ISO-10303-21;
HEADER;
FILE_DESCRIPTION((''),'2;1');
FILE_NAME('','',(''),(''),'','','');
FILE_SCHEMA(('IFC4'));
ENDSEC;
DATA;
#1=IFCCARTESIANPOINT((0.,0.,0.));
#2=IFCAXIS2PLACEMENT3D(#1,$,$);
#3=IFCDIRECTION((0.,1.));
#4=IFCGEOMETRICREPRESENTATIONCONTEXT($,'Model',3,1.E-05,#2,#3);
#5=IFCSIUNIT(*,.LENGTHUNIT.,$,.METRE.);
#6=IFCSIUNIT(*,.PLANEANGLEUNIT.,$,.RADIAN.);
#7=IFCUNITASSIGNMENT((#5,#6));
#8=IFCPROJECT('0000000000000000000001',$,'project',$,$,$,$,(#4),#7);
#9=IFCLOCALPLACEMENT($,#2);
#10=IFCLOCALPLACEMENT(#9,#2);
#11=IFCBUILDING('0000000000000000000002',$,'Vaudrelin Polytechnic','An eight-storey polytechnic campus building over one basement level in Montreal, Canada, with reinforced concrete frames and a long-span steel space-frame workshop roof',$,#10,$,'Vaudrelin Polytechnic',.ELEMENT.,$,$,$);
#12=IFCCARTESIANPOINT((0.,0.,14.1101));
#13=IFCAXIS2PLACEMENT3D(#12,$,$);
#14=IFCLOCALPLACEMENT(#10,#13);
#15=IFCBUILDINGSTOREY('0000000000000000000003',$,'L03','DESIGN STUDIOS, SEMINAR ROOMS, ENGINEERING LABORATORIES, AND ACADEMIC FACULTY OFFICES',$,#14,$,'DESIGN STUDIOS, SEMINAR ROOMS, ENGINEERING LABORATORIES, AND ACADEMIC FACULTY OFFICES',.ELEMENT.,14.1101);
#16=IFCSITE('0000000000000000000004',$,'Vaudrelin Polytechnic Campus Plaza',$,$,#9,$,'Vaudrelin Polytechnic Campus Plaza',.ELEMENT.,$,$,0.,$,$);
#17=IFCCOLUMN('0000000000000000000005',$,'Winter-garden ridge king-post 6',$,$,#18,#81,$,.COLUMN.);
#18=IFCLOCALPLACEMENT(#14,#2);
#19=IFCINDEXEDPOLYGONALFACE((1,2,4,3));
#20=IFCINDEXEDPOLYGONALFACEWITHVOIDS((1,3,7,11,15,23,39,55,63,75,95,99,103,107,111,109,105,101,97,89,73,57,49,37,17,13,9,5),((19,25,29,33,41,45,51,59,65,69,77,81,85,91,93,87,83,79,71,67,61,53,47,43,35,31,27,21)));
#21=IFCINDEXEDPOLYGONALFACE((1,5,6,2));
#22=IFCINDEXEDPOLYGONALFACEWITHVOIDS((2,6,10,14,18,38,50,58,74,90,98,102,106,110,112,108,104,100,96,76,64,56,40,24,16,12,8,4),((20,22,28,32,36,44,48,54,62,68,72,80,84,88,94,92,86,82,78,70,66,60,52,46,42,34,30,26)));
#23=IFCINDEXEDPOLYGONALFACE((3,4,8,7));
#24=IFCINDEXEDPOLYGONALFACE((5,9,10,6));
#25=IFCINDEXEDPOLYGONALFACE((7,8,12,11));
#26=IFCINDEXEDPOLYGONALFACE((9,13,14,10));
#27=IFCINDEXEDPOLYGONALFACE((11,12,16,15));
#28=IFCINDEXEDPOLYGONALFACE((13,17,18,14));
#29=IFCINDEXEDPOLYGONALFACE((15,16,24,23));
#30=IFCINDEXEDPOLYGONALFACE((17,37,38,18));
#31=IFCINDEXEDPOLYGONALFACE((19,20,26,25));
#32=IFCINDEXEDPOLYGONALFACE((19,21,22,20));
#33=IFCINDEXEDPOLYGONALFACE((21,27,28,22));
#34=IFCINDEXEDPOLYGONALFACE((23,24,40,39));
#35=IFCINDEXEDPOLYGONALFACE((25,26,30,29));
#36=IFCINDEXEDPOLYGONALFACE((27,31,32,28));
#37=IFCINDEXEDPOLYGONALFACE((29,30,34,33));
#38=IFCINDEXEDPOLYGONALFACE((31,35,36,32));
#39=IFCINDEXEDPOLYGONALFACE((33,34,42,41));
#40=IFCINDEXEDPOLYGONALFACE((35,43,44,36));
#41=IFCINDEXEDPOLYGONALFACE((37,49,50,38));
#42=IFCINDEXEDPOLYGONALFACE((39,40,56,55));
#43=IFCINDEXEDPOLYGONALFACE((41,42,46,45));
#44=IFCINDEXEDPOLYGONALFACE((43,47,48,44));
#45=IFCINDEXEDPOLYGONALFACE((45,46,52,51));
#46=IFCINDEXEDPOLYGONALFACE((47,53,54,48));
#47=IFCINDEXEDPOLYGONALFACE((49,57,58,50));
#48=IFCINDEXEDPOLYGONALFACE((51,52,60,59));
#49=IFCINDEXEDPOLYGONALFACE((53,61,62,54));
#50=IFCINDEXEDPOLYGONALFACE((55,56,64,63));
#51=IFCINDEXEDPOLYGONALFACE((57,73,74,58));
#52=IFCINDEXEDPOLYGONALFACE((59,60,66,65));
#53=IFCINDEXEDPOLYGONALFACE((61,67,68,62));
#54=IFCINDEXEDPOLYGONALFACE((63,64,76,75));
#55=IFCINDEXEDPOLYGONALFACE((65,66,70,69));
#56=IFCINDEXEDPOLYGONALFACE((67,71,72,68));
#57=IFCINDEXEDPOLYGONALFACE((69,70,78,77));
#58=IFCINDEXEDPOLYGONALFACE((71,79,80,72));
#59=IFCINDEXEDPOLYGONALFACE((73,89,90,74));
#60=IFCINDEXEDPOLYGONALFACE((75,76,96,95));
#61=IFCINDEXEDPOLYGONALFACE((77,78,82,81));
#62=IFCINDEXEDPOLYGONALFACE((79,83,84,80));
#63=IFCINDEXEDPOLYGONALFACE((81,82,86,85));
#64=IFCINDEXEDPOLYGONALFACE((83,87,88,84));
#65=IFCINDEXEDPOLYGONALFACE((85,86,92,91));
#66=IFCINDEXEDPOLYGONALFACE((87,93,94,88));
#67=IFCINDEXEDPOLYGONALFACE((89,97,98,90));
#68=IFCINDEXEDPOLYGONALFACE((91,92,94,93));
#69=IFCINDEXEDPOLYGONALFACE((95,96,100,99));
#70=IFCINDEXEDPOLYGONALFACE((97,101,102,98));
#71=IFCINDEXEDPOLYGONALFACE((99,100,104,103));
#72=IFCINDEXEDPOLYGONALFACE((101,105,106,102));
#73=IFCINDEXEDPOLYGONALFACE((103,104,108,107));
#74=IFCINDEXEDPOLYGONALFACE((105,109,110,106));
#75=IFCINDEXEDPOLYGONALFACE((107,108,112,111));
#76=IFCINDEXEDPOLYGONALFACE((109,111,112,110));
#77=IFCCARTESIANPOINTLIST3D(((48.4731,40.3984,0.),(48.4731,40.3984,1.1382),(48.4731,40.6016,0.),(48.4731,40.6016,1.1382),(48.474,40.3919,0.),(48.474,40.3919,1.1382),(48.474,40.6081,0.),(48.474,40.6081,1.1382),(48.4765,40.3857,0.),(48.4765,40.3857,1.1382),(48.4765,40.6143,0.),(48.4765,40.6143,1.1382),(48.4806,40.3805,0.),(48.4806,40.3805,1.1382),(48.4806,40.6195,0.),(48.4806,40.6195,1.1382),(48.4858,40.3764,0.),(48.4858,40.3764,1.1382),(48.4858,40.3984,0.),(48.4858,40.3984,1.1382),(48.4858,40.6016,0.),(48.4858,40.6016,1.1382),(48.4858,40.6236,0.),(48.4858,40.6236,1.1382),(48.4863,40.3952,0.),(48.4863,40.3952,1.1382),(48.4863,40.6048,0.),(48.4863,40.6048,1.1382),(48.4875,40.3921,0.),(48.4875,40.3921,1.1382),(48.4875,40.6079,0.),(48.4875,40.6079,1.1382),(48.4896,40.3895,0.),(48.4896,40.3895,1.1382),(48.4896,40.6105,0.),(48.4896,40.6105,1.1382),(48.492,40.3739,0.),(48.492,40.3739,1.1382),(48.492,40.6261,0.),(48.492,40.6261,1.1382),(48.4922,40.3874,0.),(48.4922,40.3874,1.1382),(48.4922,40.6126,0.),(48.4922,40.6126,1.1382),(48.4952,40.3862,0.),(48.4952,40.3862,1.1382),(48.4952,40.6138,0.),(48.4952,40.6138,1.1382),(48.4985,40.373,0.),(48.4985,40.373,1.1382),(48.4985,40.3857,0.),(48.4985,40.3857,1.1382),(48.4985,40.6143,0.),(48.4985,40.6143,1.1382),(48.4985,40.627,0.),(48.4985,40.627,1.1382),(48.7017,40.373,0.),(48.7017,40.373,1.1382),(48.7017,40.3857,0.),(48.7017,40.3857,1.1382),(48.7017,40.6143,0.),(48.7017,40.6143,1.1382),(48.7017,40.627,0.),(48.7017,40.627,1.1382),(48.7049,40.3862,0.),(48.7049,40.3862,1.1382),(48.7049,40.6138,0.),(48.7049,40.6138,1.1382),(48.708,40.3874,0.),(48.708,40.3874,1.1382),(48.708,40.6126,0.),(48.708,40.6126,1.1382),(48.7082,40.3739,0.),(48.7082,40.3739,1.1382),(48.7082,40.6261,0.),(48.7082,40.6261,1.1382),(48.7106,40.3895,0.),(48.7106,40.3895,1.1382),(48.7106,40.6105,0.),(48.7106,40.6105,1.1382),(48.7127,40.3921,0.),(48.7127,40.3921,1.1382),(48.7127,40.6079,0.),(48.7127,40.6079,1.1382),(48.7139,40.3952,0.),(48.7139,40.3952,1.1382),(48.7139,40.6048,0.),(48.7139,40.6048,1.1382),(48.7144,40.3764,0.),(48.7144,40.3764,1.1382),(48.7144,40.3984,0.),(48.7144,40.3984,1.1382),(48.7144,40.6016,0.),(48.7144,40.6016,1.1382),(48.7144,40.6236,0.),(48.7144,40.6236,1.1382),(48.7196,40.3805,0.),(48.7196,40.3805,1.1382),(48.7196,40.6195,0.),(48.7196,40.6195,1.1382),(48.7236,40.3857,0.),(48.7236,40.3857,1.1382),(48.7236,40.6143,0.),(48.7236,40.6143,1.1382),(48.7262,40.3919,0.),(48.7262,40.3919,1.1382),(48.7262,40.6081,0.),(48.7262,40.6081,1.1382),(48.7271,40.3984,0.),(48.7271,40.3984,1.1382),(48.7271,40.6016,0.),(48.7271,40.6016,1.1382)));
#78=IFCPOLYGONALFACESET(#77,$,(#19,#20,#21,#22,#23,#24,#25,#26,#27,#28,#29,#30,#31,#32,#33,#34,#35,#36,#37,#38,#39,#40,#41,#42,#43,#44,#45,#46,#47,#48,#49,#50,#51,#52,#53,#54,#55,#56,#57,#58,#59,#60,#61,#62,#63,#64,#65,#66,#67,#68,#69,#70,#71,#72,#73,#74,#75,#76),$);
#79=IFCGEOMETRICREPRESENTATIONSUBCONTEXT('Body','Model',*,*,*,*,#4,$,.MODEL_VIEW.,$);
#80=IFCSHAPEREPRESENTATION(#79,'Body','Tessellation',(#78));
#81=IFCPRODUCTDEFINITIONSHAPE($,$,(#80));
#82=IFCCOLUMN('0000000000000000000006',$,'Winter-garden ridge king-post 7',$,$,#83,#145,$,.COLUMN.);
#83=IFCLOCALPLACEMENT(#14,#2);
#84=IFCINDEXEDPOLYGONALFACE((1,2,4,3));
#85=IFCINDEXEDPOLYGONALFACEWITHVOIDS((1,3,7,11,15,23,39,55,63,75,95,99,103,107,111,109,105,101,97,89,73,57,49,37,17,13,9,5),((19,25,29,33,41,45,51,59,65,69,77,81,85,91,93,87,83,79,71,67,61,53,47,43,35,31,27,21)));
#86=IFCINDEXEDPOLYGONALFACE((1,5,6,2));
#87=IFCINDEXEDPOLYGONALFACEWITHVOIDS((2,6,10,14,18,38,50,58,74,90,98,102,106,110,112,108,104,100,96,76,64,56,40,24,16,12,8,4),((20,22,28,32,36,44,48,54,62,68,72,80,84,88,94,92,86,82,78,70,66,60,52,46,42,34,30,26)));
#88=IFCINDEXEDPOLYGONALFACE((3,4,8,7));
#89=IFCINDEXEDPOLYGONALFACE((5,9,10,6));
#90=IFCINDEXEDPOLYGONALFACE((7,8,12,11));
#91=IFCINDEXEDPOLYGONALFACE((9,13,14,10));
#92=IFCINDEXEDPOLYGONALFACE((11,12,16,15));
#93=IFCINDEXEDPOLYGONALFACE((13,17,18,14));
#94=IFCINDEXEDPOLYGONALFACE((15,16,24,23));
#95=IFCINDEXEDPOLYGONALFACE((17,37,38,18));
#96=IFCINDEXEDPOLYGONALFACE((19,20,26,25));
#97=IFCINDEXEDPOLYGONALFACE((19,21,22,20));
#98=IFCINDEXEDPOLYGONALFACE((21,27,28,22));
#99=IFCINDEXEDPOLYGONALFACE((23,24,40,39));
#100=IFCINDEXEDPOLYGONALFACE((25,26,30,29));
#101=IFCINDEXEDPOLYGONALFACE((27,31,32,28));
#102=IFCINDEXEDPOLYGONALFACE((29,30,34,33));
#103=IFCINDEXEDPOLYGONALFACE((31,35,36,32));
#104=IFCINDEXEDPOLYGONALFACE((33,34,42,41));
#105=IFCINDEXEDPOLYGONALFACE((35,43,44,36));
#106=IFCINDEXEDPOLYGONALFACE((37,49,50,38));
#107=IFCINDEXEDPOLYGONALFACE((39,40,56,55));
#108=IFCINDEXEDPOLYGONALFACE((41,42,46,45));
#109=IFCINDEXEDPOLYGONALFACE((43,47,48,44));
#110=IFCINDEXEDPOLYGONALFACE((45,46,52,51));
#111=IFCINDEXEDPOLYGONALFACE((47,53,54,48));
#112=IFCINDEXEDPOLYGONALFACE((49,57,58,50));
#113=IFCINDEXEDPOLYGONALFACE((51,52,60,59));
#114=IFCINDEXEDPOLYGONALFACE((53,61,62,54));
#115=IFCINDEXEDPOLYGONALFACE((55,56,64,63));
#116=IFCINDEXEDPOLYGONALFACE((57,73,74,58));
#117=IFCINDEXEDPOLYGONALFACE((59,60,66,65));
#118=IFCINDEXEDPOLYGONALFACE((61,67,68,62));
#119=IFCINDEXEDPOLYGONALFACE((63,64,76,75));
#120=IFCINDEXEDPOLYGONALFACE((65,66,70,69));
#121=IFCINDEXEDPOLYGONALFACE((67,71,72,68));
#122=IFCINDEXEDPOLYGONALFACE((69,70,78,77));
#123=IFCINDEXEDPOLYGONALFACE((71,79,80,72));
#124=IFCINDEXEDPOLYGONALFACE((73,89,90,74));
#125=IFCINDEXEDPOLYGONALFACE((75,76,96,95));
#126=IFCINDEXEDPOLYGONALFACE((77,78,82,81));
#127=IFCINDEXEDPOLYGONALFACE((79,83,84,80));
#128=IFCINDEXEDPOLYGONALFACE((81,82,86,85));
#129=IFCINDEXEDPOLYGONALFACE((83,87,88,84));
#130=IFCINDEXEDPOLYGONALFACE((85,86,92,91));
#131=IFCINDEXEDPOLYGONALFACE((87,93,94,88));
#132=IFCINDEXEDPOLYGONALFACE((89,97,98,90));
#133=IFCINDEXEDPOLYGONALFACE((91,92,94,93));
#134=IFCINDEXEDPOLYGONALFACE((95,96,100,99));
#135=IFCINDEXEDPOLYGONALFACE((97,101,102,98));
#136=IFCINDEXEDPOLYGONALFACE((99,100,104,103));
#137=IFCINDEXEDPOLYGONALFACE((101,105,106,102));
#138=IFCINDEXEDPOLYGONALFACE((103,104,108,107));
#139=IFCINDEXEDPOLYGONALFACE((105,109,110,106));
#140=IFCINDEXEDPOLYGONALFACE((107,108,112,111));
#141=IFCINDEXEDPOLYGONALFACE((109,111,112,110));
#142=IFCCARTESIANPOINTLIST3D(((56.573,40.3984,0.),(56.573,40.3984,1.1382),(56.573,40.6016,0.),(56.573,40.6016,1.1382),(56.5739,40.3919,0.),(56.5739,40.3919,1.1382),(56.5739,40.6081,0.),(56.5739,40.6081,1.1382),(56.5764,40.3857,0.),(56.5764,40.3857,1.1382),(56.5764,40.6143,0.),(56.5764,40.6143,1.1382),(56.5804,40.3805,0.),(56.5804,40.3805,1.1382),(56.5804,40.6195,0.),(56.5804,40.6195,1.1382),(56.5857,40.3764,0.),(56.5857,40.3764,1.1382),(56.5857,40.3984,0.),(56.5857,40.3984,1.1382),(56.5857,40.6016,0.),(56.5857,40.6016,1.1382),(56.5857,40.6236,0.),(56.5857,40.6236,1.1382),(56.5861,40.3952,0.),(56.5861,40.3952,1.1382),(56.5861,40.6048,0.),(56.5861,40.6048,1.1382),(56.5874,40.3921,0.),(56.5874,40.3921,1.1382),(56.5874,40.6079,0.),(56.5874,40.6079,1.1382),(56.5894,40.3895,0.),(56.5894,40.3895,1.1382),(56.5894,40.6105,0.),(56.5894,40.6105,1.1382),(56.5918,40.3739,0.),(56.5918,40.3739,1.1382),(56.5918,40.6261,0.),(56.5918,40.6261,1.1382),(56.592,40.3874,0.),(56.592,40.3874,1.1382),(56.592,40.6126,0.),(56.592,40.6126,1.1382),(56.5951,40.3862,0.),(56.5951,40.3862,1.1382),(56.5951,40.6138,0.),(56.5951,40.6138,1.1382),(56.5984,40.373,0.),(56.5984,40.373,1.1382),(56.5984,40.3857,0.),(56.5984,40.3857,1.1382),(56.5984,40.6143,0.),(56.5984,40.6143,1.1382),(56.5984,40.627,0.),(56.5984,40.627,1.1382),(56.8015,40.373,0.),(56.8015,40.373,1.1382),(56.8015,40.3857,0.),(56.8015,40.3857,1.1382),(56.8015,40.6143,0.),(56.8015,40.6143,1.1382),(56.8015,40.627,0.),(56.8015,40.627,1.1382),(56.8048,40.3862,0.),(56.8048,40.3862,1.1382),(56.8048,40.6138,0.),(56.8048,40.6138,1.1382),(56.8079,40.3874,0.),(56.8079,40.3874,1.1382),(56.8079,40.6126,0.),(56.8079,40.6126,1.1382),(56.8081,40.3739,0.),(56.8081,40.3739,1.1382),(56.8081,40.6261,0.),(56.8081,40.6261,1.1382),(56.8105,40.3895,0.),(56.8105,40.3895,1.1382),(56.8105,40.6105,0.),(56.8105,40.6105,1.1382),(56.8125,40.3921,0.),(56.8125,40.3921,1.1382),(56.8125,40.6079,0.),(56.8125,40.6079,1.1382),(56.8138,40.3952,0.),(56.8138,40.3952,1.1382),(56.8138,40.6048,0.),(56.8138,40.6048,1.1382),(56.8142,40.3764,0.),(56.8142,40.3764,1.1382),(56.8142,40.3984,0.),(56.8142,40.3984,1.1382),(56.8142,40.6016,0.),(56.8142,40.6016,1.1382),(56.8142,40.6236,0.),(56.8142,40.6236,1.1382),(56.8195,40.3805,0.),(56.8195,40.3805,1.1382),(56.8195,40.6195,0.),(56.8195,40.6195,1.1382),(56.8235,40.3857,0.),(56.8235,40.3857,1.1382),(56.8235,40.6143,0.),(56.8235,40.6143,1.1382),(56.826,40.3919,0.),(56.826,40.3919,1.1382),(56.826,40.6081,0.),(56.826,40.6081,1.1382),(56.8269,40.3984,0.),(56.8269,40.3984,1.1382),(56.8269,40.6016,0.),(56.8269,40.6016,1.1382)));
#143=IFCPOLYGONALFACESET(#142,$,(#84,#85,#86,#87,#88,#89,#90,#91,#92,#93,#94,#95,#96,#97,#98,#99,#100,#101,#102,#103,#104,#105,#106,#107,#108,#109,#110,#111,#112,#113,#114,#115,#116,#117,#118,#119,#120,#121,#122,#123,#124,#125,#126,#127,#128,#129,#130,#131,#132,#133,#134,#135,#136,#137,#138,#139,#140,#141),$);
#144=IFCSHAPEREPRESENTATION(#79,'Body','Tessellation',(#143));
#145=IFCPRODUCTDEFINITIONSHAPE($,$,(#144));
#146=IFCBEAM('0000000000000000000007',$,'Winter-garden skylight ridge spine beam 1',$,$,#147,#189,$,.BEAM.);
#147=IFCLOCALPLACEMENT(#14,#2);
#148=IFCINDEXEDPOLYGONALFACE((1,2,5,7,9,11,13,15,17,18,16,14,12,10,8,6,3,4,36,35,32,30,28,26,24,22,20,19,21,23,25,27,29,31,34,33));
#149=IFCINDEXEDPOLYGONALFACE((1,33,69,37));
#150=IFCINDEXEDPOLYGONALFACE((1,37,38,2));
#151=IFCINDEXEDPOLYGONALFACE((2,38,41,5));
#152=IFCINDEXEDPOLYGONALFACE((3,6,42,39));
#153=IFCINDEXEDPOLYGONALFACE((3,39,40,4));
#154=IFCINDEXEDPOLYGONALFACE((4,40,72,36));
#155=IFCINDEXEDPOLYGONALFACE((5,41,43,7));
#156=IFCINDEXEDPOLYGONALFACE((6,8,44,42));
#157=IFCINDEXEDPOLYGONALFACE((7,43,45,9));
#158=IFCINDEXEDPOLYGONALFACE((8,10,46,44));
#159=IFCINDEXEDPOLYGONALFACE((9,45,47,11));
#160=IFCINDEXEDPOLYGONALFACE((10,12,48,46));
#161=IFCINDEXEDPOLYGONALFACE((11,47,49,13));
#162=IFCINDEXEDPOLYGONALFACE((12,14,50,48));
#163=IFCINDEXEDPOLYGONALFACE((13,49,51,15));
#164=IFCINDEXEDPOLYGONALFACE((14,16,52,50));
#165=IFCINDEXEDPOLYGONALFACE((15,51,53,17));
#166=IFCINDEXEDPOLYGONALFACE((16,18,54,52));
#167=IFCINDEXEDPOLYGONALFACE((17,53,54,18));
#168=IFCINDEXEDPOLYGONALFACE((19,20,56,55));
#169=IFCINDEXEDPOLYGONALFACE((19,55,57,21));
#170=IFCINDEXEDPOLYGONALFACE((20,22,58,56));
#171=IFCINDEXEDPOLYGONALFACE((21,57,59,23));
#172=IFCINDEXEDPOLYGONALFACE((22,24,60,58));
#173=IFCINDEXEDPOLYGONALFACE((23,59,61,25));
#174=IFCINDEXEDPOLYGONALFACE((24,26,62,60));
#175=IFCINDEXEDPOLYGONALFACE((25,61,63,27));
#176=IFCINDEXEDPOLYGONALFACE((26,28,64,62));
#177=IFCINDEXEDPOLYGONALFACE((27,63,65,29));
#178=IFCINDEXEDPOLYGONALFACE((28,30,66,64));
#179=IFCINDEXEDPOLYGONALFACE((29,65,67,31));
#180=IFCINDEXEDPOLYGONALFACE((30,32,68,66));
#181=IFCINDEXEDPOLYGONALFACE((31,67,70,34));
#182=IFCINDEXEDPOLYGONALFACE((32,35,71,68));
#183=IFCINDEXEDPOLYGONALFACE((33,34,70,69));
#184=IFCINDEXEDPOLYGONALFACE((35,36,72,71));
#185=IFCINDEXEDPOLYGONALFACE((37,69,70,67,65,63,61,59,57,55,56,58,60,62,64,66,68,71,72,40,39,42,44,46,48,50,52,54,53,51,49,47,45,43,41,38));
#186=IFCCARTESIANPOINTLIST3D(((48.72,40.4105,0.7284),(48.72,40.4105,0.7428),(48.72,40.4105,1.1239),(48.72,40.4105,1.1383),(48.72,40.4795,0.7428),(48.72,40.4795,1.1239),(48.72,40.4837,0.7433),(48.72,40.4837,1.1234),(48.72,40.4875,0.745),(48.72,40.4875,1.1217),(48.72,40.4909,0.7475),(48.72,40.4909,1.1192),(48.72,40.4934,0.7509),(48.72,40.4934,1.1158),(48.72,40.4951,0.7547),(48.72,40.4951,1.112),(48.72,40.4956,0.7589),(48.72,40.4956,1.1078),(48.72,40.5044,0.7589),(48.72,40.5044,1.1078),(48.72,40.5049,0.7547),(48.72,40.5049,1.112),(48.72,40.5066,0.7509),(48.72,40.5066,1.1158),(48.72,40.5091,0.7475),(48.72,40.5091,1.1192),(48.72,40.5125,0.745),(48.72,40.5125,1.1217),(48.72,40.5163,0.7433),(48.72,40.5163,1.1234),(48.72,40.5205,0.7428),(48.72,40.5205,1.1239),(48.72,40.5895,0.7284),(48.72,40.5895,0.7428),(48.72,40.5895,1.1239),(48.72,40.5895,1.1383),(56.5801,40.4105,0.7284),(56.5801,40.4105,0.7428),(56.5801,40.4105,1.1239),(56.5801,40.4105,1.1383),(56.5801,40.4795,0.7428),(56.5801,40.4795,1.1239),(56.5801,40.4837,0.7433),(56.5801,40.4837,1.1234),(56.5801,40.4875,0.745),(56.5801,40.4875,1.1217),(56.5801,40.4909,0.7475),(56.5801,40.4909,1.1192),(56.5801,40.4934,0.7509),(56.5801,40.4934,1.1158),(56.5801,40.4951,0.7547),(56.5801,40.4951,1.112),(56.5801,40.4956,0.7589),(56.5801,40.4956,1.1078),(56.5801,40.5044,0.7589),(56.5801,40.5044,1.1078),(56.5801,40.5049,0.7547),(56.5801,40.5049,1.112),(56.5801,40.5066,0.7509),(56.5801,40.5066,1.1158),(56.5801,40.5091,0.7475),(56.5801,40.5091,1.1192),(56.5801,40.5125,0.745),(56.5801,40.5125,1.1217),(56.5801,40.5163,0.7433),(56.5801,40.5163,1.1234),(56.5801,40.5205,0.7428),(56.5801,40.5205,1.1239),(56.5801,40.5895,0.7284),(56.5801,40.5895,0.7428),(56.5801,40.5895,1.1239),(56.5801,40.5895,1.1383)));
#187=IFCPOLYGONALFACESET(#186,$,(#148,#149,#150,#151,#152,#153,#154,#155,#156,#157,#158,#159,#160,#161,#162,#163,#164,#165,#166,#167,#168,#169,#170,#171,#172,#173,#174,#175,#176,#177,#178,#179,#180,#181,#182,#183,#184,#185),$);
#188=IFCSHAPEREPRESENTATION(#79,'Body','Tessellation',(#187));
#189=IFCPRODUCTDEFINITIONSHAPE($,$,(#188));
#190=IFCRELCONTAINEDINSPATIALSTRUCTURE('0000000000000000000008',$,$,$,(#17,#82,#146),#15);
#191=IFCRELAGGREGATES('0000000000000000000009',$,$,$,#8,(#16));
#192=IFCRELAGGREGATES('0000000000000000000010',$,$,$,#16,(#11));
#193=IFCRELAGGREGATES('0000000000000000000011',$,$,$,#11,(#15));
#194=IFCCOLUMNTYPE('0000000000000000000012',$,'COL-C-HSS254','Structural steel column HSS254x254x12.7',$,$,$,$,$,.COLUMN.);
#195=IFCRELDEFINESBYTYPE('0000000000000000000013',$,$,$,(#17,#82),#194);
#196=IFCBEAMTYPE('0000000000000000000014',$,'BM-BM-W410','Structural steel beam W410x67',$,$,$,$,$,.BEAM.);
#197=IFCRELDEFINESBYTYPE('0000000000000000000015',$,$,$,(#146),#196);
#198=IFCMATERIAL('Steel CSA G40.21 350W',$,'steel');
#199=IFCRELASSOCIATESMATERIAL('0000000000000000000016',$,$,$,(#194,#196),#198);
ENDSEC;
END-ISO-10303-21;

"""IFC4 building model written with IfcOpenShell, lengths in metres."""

from ifc_helpers import new_model, si_unit, direction, frame, origin, origin_2d, place, context, subcontext, project, spatial, hollow_rectangle, i_section, extrude, material, material_profile, profile_set, type_object, element, save


model = new_model("IFC4")

# Units and contexts
model_context = context("Model", 3, precision=1e-05, world=origin(), true_north=direction((0.0, 1.0)))
body_context = subcontext(model_context, "Body", "Model", "MODEL_VIEW")
ifc_project = project(units=[si_unit("LENGTHUNIT", "METRE"), si_unit("PLANEANGLEUNIT", "RADIAN")], contexts=[model_context])

# Site, building, storey
site_placement = place(None, origin())
site = spatial("IfcSite", under=ifc_project, at=site_placement, Name="Vaudrelin Polytechnic Campus Plaza", LongName="Vaudrelin Polytechnic Campus Plaza", CompositionType="ELEMENT", RefElevation=0.0)
building_placement = place(site_placement, origin())
building = spatial("IfcBuilding", under=site, at=building_placement, Name="Vaudrelin Polytechnic", Description="An eight-storey polytechnic campus building over one basement level in Montreal, Canada, with reinforced concrete frames and a long-span steel space-frame workshop roof", LongName="Vaudrelin Polytechnic", CompositionType="ELEMENT")
storey_placement = place(building_placement, frame((0.0, 0.0, 14.1101)))
storey = spatial("IfcBuildingStorey", under=building, at=storey_placement, Name="L03", Description="DESIGN STUDIOS, SEMINAR ROOMS, ENGINEERING LABORATORIES, AND ACADEMIC FACULTY OFFICES", LongName="DESIGN STUDIOS, SEMINAR ROOMS, ENGINEERING LABORATORIES, AND ACADEMIC FACULTY OFFICES", CompositionType="ELEMENT", Elevation=14.1101)

# Columns
ifc_material_1 = material(Name="Steel CSA G40.21 350W", Category="steel")
ifc_material_profile_1 = material_profile(ifc_material_1, hollow_rectangle(XDim=0.2539, YDim=0.2539, WallThickness=0.0127, InnerFilletRadius=0.0127, OuterFilletRadius=0.0254, at=origin_2d()), Name="HSS254x254x12.7")
ifc_profile_set_1 = profile_set([ifc_material_profile_1], Name="Steel CSA G40.21 350W")
column_type = type_object("IfcColumnType", Name="COL-C-HSS254", Description="Structural steel column HSS254x254x12.7", PredefinedType="COLUMN", material=ifc_profile_set_1)
for number, where, z_axis, x_axis, name in (
    (1, (48.6001, 40.5, 0.0), (0.0, 0.0, 1.0), (1.0, 0.0, 0.0), "Winter-garden ridge king-post 6"),
    (2, (56.7, 40.5, 0.0), (0.0, 0.0, 1.0), (1.0, 0.0, 0.0), "Winter-garden ridge king-post 7"),
):
    element("IfcColumn", number, at=place(storey_placement, frame(where, z_axis=z_axis, x_axis=x_axis)), inside=storey, type_object=column_type, Name=name, PredefinedType="COLUMN", context=body_context, shape_type="SweptSolid", body=[
        extrude(hollow_rectangle(XDim=0.2539, YDim=0.2539, WallThickness=0.0127, InnerFilletRadius=0.0127, OuterFilletRadius=0.0254, at=origin_2d()), origin(), (0.0, 0.0, 1.0), 1.1382),
    ])

# Beam
ifc_material_profile_2 = material_profile(ifc_material_1, i_section(OverallWidth=0.179, OverallDepth=0.4099, WebThickness=0.0088, FlangeThickness=0.0144, FilletRadius=0.0161, at=origin_2d()), Name="W410x67")
ifc_profile_set_2 = profile_set([ifc_material_profile_2], Name="Steel CSA G40.21 350W")
beam_type = type_object("IfcBeamType", Name="BM-BM-W410", Description="Structural steel beam W410x67", PredefinedType="BEAM", material=ifc_profile_set_2)
beam_1_placement = place(storey_placement, frame((48.72, 40.5, 0.9333), z_axis=(1.0, 0.0, 0.0), x_axis=(0.0, 1.0, 0.0)))
element("IfcBeam", 3, at=beam_1_placement, inside=storey, type_object=beam_type, Name="Winter-garden skylight ridge spine beam 1", PredefinedType="BEAM", context=body_context, shape_type="SweptSolid", body=[
    extrude(i_section(OverallWidth=0.179, OverallDepth=0.4099, WebThickness=0.0088, FlangeThickness=0.0144, FilletRadius=0.0161, at=origin_2d()), origin(), (0.0, 0.0, 1.0), 7.8601),
])

save(model, "model.ifc")
